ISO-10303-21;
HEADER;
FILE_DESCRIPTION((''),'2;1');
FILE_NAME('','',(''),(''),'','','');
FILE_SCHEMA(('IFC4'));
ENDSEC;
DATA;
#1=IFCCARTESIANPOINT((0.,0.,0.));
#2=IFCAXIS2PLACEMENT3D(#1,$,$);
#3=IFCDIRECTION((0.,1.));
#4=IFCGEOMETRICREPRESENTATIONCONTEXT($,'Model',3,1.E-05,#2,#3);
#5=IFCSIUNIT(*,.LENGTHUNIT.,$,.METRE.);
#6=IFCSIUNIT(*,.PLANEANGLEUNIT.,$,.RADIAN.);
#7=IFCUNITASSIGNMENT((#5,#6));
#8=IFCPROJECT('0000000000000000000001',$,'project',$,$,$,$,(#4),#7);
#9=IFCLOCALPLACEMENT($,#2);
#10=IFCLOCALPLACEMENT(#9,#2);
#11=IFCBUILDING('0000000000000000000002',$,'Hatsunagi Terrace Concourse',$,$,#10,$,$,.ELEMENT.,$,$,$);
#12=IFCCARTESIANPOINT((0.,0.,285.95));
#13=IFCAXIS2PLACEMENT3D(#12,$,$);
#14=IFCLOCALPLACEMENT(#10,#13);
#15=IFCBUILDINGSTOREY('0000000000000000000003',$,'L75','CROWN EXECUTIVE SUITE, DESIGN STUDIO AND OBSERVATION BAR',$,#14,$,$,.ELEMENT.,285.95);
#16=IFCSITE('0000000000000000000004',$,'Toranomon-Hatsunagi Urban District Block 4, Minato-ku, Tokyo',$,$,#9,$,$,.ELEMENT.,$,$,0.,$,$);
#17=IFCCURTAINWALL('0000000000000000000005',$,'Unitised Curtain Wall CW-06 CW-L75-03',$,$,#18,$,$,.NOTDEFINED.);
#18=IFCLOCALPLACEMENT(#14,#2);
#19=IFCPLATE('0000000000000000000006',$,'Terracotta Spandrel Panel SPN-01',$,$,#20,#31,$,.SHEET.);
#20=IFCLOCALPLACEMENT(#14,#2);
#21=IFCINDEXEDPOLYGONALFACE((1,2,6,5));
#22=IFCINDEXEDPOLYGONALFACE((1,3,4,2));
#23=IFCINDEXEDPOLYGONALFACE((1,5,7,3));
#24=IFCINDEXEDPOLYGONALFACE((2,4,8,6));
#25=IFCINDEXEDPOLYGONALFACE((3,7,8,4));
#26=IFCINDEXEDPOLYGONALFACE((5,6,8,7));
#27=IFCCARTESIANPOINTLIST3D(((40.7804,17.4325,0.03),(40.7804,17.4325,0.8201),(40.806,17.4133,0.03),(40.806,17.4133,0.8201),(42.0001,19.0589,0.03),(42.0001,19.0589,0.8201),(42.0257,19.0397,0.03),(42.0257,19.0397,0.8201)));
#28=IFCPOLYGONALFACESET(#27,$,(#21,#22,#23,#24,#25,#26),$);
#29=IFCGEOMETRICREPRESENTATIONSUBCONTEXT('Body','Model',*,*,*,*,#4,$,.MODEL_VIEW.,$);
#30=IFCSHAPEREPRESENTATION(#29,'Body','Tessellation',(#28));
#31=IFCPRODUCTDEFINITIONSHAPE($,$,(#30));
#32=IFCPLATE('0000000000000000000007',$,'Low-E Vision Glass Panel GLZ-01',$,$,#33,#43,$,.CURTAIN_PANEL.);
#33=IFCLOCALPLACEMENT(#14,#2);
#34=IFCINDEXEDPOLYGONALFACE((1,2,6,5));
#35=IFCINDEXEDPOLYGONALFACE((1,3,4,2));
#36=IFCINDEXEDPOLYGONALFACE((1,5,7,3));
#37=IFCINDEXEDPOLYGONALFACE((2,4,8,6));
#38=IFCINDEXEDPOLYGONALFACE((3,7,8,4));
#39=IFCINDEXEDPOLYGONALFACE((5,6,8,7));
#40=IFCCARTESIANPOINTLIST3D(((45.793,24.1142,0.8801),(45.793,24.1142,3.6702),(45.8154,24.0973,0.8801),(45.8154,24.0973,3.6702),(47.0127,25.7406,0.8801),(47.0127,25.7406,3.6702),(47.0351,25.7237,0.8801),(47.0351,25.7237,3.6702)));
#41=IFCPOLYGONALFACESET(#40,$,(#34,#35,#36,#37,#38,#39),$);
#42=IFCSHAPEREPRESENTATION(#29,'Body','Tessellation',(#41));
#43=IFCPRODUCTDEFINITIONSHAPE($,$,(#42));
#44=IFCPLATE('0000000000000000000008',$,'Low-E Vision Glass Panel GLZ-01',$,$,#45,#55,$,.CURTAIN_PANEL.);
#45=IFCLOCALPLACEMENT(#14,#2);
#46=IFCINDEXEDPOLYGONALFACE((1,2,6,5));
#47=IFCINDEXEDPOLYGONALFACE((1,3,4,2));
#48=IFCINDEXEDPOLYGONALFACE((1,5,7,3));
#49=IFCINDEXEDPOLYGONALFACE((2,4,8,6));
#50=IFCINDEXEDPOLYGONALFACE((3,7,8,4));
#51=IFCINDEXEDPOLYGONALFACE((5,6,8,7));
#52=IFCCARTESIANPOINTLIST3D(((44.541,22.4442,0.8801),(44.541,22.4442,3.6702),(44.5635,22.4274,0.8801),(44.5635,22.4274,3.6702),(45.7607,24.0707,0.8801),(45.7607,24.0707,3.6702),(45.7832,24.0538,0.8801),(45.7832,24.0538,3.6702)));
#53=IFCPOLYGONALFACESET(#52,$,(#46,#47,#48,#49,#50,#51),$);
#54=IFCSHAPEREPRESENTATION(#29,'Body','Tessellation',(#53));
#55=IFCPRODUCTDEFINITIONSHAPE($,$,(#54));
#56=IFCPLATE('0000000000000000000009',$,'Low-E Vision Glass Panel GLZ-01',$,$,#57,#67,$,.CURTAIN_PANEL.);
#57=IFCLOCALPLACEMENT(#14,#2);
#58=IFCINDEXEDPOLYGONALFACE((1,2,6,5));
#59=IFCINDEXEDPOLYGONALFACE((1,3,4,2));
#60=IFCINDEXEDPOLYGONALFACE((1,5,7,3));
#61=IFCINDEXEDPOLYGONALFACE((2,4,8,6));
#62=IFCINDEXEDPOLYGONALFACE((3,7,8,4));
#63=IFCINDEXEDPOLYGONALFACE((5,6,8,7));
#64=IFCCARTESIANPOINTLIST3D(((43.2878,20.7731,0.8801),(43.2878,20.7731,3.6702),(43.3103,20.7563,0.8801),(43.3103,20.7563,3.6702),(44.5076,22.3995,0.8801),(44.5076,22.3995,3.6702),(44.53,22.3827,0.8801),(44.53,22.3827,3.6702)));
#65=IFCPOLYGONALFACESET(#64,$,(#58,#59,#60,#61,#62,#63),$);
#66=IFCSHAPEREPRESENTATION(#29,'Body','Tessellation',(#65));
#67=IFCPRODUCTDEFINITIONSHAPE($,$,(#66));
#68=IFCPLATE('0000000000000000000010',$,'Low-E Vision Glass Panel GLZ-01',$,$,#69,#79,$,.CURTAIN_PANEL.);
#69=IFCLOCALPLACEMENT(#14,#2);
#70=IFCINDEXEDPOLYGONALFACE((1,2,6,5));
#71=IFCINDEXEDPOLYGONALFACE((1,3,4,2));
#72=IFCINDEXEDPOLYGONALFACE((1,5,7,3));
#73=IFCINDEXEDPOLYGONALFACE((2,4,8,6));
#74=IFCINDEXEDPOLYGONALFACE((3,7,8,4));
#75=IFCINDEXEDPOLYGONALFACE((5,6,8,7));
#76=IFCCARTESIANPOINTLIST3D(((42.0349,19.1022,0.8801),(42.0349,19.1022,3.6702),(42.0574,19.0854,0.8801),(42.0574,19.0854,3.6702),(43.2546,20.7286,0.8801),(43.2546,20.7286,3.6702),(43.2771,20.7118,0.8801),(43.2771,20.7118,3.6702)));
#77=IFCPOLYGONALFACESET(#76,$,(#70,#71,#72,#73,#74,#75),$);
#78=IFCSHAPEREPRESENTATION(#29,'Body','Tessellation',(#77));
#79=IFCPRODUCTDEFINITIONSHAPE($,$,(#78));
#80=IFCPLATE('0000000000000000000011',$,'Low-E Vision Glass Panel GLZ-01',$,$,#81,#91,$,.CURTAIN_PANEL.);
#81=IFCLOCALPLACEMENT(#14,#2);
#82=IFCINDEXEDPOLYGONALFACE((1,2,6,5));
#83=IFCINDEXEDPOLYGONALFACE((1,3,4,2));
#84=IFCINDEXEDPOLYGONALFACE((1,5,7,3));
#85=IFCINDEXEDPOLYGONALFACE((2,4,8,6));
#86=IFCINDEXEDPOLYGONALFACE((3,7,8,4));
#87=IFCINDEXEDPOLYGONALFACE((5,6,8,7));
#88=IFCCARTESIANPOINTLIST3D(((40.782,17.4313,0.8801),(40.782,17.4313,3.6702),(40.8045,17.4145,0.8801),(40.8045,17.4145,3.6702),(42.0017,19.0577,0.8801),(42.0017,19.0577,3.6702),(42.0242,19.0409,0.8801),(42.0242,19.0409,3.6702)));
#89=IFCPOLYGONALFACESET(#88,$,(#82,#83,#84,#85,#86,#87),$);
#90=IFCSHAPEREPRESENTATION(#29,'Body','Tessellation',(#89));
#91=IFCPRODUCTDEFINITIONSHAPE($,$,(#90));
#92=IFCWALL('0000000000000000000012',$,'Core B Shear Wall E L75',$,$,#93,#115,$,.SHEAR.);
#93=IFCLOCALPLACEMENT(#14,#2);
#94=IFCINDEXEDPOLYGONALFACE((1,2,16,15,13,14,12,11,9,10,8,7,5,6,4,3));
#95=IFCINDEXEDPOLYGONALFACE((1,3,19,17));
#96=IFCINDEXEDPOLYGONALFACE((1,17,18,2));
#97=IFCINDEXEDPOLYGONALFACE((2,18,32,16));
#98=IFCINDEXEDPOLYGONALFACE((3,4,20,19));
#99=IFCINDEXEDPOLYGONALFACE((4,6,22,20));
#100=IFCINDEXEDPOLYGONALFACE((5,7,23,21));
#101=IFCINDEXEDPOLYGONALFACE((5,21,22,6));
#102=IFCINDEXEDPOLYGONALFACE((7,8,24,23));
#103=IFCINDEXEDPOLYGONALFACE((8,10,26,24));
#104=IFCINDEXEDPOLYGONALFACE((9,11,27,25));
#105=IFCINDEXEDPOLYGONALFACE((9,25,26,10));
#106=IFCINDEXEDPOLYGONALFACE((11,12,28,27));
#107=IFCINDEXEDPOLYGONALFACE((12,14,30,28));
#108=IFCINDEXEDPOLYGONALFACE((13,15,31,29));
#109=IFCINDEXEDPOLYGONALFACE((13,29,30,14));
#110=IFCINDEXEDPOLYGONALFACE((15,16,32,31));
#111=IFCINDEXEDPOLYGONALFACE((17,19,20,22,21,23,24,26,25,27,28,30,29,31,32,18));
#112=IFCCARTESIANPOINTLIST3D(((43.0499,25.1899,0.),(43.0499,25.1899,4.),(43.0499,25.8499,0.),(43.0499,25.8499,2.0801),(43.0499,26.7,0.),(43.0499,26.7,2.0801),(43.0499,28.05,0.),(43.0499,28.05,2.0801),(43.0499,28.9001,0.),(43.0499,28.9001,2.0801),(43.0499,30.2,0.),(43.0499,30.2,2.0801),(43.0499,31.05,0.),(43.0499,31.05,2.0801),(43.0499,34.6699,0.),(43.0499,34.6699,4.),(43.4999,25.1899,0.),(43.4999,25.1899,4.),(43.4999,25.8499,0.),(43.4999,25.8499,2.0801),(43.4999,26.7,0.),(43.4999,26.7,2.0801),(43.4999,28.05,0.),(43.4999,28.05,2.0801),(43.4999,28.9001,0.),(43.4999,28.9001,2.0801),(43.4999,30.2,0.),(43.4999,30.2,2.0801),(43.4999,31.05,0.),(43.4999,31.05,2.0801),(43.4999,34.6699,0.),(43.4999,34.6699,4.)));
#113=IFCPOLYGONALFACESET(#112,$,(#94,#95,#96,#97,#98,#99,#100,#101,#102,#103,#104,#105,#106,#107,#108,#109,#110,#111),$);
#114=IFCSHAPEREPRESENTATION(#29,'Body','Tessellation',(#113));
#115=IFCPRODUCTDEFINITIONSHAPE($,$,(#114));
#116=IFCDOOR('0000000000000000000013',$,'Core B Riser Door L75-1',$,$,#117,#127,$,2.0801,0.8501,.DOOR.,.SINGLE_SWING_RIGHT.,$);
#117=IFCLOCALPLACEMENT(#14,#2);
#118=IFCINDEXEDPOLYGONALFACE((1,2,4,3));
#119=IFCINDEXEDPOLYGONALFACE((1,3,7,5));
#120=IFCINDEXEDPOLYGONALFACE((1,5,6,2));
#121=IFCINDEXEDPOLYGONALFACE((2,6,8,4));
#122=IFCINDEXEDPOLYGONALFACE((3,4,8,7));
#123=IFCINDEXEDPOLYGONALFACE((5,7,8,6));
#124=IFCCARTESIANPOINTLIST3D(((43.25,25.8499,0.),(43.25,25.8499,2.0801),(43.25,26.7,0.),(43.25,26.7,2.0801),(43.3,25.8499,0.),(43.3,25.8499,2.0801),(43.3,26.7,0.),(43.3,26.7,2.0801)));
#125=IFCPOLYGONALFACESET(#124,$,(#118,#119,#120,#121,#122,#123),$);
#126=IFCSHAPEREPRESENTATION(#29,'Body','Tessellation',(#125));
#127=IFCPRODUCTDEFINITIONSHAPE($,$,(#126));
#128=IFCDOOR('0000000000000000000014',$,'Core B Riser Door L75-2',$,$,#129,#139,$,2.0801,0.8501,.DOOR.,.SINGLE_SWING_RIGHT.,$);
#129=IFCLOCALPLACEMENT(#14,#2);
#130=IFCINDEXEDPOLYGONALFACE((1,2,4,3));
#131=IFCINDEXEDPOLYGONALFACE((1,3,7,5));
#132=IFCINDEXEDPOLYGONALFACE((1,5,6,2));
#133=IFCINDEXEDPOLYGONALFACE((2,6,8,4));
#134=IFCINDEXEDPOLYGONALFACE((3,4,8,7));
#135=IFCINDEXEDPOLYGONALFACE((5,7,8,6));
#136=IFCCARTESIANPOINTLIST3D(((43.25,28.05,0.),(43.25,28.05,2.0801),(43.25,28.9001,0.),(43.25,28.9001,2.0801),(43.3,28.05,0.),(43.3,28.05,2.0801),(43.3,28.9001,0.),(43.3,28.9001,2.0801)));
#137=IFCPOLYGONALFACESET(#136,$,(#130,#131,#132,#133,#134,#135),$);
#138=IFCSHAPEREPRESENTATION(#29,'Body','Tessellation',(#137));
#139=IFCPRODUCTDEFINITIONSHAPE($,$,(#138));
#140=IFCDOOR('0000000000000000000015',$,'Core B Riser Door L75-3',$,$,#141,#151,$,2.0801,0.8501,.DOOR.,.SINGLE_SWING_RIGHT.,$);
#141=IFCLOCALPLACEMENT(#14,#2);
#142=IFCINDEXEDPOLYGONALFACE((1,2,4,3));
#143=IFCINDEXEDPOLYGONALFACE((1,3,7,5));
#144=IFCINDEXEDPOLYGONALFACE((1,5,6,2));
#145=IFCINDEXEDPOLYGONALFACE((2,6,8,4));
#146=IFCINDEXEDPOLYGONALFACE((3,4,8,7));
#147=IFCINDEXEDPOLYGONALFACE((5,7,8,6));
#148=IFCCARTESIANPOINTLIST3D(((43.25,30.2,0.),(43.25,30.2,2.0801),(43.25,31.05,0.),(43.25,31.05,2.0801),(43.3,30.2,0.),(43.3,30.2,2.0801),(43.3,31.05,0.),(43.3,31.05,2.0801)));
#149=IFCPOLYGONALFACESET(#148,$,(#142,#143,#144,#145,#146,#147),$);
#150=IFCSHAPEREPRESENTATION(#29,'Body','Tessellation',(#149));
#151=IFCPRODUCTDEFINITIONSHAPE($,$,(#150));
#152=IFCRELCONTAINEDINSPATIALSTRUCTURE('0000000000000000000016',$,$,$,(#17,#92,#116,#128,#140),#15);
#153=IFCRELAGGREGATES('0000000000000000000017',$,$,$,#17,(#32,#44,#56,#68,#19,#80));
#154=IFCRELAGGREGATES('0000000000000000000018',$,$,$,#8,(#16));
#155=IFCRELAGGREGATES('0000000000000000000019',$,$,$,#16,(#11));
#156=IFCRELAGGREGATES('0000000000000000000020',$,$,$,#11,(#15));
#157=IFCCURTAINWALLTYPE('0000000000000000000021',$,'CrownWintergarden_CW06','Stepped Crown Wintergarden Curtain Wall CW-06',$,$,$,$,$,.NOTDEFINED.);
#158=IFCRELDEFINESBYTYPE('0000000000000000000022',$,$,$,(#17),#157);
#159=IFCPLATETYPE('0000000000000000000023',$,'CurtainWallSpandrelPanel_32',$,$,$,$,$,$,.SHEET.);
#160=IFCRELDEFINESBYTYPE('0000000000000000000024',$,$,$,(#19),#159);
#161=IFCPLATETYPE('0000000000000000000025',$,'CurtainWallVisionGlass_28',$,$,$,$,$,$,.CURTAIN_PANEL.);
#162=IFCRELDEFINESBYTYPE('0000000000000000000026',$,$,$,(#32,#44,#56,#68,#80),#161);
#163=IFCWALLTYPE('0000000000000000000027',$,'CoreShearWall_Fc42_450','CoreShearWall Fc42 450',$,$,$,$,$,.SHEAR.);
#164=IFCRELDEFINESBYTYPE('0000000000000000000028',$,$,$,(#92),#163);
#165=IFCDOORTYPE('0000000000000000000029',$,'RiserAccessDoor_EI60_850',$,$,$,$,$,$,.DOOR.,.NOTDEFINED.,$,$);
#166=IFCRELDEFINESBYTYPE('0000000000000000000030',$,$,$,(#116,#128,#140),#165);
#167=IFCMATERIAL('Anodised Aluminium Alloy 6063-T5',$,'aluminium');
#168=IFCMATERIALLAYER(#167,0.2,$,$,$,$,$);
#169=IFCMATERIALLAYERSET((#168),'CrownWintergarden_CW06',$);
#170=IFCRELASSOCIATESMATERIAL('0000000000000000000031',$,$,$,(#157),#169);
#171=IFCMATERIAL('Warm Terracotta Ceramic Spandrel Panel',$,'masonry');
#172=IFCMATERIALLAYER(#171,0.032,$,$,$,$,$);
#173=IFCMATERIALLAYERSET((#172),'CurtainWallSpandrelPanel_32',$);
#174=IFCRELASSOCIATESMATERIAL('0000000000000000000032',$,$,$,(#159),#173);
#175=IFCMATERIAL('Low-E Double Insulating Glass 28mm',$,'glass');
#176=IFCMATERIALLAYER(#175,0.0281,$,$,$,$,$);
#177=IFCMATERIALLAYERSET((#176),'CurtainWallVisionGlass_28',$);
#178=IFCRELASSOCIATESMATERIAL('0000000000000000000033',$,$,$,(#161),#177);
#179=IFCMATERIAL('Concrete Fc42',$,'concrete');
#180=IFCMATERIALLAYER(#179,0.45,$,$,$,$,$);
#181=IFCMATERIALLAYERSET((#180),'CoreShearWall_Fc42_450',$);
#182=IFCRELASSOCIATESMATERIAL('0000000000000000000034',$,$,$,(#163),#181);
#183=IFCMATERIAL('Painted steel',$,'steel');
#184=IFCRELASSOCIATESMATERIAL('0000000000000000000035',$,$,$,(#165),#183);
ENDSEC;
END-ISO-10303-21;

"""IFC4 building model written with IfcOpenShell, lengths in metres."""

from ifc_helpers import new_model, si_unit, direction, frame, frame_2d, origin, origin_2d, place, context, subcontext, project, spatial, rectangle, extrude, material, layer, layer_set, type_object, element, fill, aggregate, save


model = new_model("IFC4")

# Units and contexts
model_context = context("Model", 3, precision=1e-05, world=origin(), true_north=direction((0.0, 1.0)))
body_context = subcontext(model_context, "Body", "Model", "MODEL_VIEW")
ifc_project = project(units=[si_unit("LENGTHUNIT", "METRE"), si_unit("PLANEANGLEUNIT", "RADIAN")], contexts=[model_context])

# Site, building, storey
site_placement = place(None, origin())
site = spatial("IfcSite", under=ifc_project, at=site_placement, Name="Toranomon-Hatsunagi Urban District Block 4, Minato-ku, Tokyo", CompositionType="ELEMENT", RefElevation=0.0)
building_placement = place(site_placement, origin())
building = spatial("IfcBuilding", under=site, at=building_placement, Name="Hatsunagi Terrace Concourse", CompositionType="ELEMENT")
storey_placement = place(building_placement, frame((0.0, 0.0, 285.95)))
storey = spatial("IfcBuildingStorey", under=building, at=storey_placement, Name="L75", Description="CROWN EXECUTIVE SUITE, DESIGN STUDIO AND OBSERVATION BAR", CompositionType="ELEMENT", Elevation=285.95)

# Curtain wall, plates
ifc_material_1 = material(Name="Anodised Aluminium Alloy 6063-T5", Category="aluminium")
ifc_layer_1 = layer(ifc_material_1, 0.2)
ifc_layer_set_1 = layer_set([ifc_layer_1], Name="CrownWintergarden_CW06")
curtain_wall_type = type_object("IfcCurtainWallType", Name="CrownWintergarden_CW06", Description="Stepped Crown Wintergarden Curtain Wall CW-06", PredefinedType="NOTDEFINED", material=ifc_layer_set_1)
curtain_wall_placement = place(storey_placement, origin())
curtain_wall = element("IfcCurtainWall", 1, at=curtain_wall_placement, inside=storey, type_object=curtain_wall_type, Name="Unitised Curtain Wall CW-06 CW-L75-03", PredefinedType="NOTDEFINED")
ifc_material_2 = material(Name="Warm Terracotta Ceramic Spandrel Panel", Category="masonry")
ifc_layer_2 = layer(ifc_material_2, 0.032)
ifc_layer_set_2 = layer_set([ifc_layer_2], Name="CurtainWallSpandrelPanel_32")
plate_type_1 = type_object("IfcPlateType", Name="CurtainWallSpandrelPanel_32", PredefinedType="SHEET", material=ifc_layer_set_2)
plate_1_placement = place(storey_placement, frame((41.4031, 18.2361, 0.03), z_axis=(0.0, 0.0, 1.0), x_axis=(-0.599969, -0.800023, 0.0)))
plate_1 = element("IfcPlate", 2, at=plate_1_placement, type_object=plate_type_1, Name="Terracotta Spandrel Panel SPN-01", PredefinedType="SHEET", context=body_context, shape_type="SweptSolid", body=[
    extrude(rectangle(XDim=2.033, YDim=0.032, at=origin_2d()), origin(), (0.0, 0.0, 1.0), 0.79),
])
ifc_material_3 = material(Name="Low-E Double Insulating Glass 28mm", Category="glass")
ifc_layer_3 = layer(ifc_material_3, 0.0281)
ifc_layer_set_3 = layer_set([ifc_layer_3], Name="CurtainWallVisionGlass_28")
plate_type_2 = type_object("IfcPlateType", Name="CurtainWallVisionGlass_28", PredefinedType="CURTAIN_PANEL", material=ifc_layer_set_3)
plate_2_placement = place(storey_placement, frame((46.4141, 24.9189, 0.8801), z_axis=(0.0, 0.0, 1.0), x_axis=(-0.599969, -0.800023, 0.0)))
plate_2 = element("IfcPlate", 3, at=plate_2_placement, type_object=plate_type_2, Name="Low-E Vision Glass Panel GLZ-01", PredefinedType="CURTAIN_PANEL", context=body_context, shape_type="SweptSolid", body=[
    extrude(rectangle(XDim=2.033, YDim=0.0281, at=origin_2d()), origin(), (0.0, 0.0, 1.0), 2.79),
])
plate_3_placement = place(storey_placement, frame((45.1621, 23.249, 0.8801), z_axis=(0.0, 0.0, 1.0), x_axis=(-0.599969, -0.800023, 0.0)))
plate_3 = element("IfcPlate", 4, at=plate_3_placement, type_object=plate_type_2, Name="Low-E Vision Glass Panel GLZ-01", PredefinedType="CURTAIN_PANEL", context=body_context, shape_type="SweptSolid", body=[
    extrude(rectangle(XDim=2.033, YDim=0.0281, at=origin_2d()), origin(), (0.0, 0.0, 1.0), 2.79),
])
plate_4_placement = place(storey_placement, frame((43.9089, 21.5779, 0.8801), z_axis=(0.0, 0.0, 1.0), x_axis=(-0.599969, -0.800023, 0.0)))
plate_4 = element("IfcPlate", 5, at=plate_4_placement, type_object=plate_type_2, Name="Low-E Vision Glass Panel GLZ-01", PredefinedType="CURTAIN_PANEL", context=body_context, shape_type="SweptSolid", body=[
    extrude(rectangle(XDim=2.033, YDim=0.0281, at=origin_2d()), origin(), (0.0, 0.0, 1.0), 2.79),
])
plate_5_placement = place(storey_placement, frame((42.656, 19.907, 0.8801), z_axis=(0.0, 0.0, 1.0), x_axis=(-0.599969, -0.800023, 0.0)))
plate_5 = element("IfcPlate", 6, at=plate_5_placement, type_object=plate_type_2, Name="Low-E Vision Glass Panel GLZ-01", PredefinedType="CURTAIN_PANEL", context=body_context, shape_type="SweptSolid", body=[
    extrude(rectangle(XDim=2.033, YDim=0.0281, at=origin_2d()), origin(), (0.0, 0.0, 1.0), 2.79),
])
plate_6_placement = place(storey_placement, frame((41.4031, 18.2361, 0.8801), z_axis=(0.0, 0.0, 1.0), x_axis=(-0.599969, -0.800023, 0.0)))
plate_6 = element("IfcPlate", 7, at=plate_6_placement, type_object=plate_type_2, Name="Low-E Vision Glass Panel GLZ-01", PredefinedType="CURTAIN_PANEL", context=body_context, shape_type="SweptSolid", body=[
    extrude(rectangle(XDim=2.033, YDim=0.0281, at=origin_2d()), origin(), (0.0, 0.0, 1.0), 2.79),
])
aggregate(curtain_wall, [plate_2, plate_3, plate_4, plate_5, plate_1, plate_6])

# Wall, openings, doors
ifc_material_4 = material(Name="Concrete Fc42", Category="concrete")
ifc_layer_4 = layer(ifc_material_4, 0.45)
ifc_layer_set_4 = layer_set([ifc_layer_4], Name="CoreShearWall_Fc42_450")
wall_type = type_object("IfcWallType", Name="CoreShearWall_Fc42_450", Description="CoreShearWall Fc42 450", PredefinedType="SHEAR", material=ifc_layer_set_4)
wall_placement = place(storey_placement, frame((43.2749, 25.1899, 0.0), z_axis=(0.0, 0.0, 1.0), x_axis=(0.0, 1.0, 0.0)))
wall = element("IfcWall", 8, at=wall_placement, inside=storey, type_object=wall_type, Name="Core B Shear Wall E L75", PredefinedType="SHEAR", context=body_context, shape_type="SweptSolid", body=[
    extrude(rectangle(XDim=9.48, YDim=0.45, at=frame_2d((4.74, 0.0))), origin(), (0.0, 0.0, 1.0), 4.0),
])
opening_1_placement = place(wall_placement, frame((0.6599, 0.0, 0.0)))
opening_1 = element("IfcOpeningElement", 9, at=opening_1_placement, cuts=wall, PredefinedType="OPENING", context=body_context, shape_type="SweptSolid", body=[
    extrude(rectangle(XDim=0.8501, YDim=2.0801, at=frame_2d((0.425, 1.04))), frame((0.0, 0.2349, 0.0), z_axis=(0.0, -1.0, 0.0), x_axis=(1.0, 0.0, 0.0)), (0.0, 0.0, 1.0), 0.47),
])
opening_2_placement = place(wall_placement, frame((2.8601, 0.0, 0.0)))
opening_2 = element("IfcOpeningElement", 10, at=opening_2_placement, cuts=wall, PredefinedType="OPENING", context=body_context, shape_type="SweptSolid", body=[
    extrude(rectangle(XDim=0.8501, YDim=2.0801, at=frame_2d((0.425, 1.04))), frame((0.0, 0.2349, 0.0), z_axis=(0.0, -1.0, 0.0), x_axis=(1.0, 0.0, 0.0)), (0.0, 0.0, 1.0), 0.47),
])
opening_3_placement = place(wall_placement, frame((5.01, 0.0, 0.0)))
opening_3 = element("IfcOpeningElement", 11, at=opening_3_placement, cuts=wall, PredefinedType="OPENING", context=body_context, shape_type="SweptSolid", body=[
    extrude(rectangle(XDim=0.8501, YDim=2.0801, at=frame_2d((0.425, 1.04))), frame((0.0, 0.2349, 0.0), z_axis=(0.0, -1.0, 0.0), x_axis=(1.0, 0.0, 0.0)), (0.0, 0.0, 1.0), 0.47),
])
ifc_material_5 = material(Name="Painted steel", Category="steel")
door_type = type_object("IfcDoorType", Name="RiserAccessDoor_EI60_850", OperationType="NOTDEFINED", PredefinedType="DOOR", material=ifc_material_5)
door_1_placement = place(opening_1_placement, origin())
door_1 = element("IfcDoor", 12, at=door_1_placement, inside=storey, type_object=door_type, Name="Core B Riser Door L75-1", OperationType="SINGLE_SWING_RIGHT", OverallHeight=2.0801, OverallWidth=0.8501, PredefinedType="DOOR", context=body_context, shape_type="SweptSolid", body=[
    extrude(rectangle(XDim=0.8501, YDim=2.0801, at=frame_2d((0.425, 1.04))), frame((0.0, 0.0249, 0.0), z_axis=(0.0, -1.0, 0.0), x_axis=(1.0, 0.0, 0.0)), (0.0, 0.0, 1.0), 0.05),
])
fill(opening_1, door_1)
door_2_placement = place(opening_2_placement, origin())
door_2 = element("IfcDoor", 13, at=door_2_placement, inside=storey, type_object=door_type, Name="Core B Riser Door L75-2", OperationType="SINGLE_SWING_RIGHT", OverallHeight=2.0801, OverallWidth=0.8501, PredefinedType="DOOR", context=body_context, shape_type="SweptSolid", body=[
    extrude(rectangle(XDim=0.8501, YDim=2.0801, at=frame_2d((0.425, 1.04))), frame((0.0, 0.0249, 0.0), z_axis=(0.0, -1.0, 0.0), x_axis=(1.0, 0.0, 0.0)), (0.0, 0.0, 1.0), 0.05),
])
fill(opening_2, door_2)
door_3_placement = place(opening_3_placement, origin())
door_3 = element("IfcDoor", 14, at=door_3_placement, inside=storey, type_object=door_type, Name="Core B Riser Door L75-3", OperationType="SINGLE_SWING_RIGHT", OverallHeight=2.0801, OverallWidth=0.8501, PredefinedType="DOOR", context=body_context, shape_type="SweptSolid", body=[
    extrude(rectangle(XDim=0.8501, YDim=2.0801, at=frame_2d((0.425, 1.04))), frame((0.0, 0.0249, 0.0), z_axis=(0.0, -1.0, 0.0), x_axis=(1.0, 0.0, 0.0)), (0.0, 0.0, 1.0), 0.05),
])
fill(opening_3, door_3)

save(model, "model.ifc")
